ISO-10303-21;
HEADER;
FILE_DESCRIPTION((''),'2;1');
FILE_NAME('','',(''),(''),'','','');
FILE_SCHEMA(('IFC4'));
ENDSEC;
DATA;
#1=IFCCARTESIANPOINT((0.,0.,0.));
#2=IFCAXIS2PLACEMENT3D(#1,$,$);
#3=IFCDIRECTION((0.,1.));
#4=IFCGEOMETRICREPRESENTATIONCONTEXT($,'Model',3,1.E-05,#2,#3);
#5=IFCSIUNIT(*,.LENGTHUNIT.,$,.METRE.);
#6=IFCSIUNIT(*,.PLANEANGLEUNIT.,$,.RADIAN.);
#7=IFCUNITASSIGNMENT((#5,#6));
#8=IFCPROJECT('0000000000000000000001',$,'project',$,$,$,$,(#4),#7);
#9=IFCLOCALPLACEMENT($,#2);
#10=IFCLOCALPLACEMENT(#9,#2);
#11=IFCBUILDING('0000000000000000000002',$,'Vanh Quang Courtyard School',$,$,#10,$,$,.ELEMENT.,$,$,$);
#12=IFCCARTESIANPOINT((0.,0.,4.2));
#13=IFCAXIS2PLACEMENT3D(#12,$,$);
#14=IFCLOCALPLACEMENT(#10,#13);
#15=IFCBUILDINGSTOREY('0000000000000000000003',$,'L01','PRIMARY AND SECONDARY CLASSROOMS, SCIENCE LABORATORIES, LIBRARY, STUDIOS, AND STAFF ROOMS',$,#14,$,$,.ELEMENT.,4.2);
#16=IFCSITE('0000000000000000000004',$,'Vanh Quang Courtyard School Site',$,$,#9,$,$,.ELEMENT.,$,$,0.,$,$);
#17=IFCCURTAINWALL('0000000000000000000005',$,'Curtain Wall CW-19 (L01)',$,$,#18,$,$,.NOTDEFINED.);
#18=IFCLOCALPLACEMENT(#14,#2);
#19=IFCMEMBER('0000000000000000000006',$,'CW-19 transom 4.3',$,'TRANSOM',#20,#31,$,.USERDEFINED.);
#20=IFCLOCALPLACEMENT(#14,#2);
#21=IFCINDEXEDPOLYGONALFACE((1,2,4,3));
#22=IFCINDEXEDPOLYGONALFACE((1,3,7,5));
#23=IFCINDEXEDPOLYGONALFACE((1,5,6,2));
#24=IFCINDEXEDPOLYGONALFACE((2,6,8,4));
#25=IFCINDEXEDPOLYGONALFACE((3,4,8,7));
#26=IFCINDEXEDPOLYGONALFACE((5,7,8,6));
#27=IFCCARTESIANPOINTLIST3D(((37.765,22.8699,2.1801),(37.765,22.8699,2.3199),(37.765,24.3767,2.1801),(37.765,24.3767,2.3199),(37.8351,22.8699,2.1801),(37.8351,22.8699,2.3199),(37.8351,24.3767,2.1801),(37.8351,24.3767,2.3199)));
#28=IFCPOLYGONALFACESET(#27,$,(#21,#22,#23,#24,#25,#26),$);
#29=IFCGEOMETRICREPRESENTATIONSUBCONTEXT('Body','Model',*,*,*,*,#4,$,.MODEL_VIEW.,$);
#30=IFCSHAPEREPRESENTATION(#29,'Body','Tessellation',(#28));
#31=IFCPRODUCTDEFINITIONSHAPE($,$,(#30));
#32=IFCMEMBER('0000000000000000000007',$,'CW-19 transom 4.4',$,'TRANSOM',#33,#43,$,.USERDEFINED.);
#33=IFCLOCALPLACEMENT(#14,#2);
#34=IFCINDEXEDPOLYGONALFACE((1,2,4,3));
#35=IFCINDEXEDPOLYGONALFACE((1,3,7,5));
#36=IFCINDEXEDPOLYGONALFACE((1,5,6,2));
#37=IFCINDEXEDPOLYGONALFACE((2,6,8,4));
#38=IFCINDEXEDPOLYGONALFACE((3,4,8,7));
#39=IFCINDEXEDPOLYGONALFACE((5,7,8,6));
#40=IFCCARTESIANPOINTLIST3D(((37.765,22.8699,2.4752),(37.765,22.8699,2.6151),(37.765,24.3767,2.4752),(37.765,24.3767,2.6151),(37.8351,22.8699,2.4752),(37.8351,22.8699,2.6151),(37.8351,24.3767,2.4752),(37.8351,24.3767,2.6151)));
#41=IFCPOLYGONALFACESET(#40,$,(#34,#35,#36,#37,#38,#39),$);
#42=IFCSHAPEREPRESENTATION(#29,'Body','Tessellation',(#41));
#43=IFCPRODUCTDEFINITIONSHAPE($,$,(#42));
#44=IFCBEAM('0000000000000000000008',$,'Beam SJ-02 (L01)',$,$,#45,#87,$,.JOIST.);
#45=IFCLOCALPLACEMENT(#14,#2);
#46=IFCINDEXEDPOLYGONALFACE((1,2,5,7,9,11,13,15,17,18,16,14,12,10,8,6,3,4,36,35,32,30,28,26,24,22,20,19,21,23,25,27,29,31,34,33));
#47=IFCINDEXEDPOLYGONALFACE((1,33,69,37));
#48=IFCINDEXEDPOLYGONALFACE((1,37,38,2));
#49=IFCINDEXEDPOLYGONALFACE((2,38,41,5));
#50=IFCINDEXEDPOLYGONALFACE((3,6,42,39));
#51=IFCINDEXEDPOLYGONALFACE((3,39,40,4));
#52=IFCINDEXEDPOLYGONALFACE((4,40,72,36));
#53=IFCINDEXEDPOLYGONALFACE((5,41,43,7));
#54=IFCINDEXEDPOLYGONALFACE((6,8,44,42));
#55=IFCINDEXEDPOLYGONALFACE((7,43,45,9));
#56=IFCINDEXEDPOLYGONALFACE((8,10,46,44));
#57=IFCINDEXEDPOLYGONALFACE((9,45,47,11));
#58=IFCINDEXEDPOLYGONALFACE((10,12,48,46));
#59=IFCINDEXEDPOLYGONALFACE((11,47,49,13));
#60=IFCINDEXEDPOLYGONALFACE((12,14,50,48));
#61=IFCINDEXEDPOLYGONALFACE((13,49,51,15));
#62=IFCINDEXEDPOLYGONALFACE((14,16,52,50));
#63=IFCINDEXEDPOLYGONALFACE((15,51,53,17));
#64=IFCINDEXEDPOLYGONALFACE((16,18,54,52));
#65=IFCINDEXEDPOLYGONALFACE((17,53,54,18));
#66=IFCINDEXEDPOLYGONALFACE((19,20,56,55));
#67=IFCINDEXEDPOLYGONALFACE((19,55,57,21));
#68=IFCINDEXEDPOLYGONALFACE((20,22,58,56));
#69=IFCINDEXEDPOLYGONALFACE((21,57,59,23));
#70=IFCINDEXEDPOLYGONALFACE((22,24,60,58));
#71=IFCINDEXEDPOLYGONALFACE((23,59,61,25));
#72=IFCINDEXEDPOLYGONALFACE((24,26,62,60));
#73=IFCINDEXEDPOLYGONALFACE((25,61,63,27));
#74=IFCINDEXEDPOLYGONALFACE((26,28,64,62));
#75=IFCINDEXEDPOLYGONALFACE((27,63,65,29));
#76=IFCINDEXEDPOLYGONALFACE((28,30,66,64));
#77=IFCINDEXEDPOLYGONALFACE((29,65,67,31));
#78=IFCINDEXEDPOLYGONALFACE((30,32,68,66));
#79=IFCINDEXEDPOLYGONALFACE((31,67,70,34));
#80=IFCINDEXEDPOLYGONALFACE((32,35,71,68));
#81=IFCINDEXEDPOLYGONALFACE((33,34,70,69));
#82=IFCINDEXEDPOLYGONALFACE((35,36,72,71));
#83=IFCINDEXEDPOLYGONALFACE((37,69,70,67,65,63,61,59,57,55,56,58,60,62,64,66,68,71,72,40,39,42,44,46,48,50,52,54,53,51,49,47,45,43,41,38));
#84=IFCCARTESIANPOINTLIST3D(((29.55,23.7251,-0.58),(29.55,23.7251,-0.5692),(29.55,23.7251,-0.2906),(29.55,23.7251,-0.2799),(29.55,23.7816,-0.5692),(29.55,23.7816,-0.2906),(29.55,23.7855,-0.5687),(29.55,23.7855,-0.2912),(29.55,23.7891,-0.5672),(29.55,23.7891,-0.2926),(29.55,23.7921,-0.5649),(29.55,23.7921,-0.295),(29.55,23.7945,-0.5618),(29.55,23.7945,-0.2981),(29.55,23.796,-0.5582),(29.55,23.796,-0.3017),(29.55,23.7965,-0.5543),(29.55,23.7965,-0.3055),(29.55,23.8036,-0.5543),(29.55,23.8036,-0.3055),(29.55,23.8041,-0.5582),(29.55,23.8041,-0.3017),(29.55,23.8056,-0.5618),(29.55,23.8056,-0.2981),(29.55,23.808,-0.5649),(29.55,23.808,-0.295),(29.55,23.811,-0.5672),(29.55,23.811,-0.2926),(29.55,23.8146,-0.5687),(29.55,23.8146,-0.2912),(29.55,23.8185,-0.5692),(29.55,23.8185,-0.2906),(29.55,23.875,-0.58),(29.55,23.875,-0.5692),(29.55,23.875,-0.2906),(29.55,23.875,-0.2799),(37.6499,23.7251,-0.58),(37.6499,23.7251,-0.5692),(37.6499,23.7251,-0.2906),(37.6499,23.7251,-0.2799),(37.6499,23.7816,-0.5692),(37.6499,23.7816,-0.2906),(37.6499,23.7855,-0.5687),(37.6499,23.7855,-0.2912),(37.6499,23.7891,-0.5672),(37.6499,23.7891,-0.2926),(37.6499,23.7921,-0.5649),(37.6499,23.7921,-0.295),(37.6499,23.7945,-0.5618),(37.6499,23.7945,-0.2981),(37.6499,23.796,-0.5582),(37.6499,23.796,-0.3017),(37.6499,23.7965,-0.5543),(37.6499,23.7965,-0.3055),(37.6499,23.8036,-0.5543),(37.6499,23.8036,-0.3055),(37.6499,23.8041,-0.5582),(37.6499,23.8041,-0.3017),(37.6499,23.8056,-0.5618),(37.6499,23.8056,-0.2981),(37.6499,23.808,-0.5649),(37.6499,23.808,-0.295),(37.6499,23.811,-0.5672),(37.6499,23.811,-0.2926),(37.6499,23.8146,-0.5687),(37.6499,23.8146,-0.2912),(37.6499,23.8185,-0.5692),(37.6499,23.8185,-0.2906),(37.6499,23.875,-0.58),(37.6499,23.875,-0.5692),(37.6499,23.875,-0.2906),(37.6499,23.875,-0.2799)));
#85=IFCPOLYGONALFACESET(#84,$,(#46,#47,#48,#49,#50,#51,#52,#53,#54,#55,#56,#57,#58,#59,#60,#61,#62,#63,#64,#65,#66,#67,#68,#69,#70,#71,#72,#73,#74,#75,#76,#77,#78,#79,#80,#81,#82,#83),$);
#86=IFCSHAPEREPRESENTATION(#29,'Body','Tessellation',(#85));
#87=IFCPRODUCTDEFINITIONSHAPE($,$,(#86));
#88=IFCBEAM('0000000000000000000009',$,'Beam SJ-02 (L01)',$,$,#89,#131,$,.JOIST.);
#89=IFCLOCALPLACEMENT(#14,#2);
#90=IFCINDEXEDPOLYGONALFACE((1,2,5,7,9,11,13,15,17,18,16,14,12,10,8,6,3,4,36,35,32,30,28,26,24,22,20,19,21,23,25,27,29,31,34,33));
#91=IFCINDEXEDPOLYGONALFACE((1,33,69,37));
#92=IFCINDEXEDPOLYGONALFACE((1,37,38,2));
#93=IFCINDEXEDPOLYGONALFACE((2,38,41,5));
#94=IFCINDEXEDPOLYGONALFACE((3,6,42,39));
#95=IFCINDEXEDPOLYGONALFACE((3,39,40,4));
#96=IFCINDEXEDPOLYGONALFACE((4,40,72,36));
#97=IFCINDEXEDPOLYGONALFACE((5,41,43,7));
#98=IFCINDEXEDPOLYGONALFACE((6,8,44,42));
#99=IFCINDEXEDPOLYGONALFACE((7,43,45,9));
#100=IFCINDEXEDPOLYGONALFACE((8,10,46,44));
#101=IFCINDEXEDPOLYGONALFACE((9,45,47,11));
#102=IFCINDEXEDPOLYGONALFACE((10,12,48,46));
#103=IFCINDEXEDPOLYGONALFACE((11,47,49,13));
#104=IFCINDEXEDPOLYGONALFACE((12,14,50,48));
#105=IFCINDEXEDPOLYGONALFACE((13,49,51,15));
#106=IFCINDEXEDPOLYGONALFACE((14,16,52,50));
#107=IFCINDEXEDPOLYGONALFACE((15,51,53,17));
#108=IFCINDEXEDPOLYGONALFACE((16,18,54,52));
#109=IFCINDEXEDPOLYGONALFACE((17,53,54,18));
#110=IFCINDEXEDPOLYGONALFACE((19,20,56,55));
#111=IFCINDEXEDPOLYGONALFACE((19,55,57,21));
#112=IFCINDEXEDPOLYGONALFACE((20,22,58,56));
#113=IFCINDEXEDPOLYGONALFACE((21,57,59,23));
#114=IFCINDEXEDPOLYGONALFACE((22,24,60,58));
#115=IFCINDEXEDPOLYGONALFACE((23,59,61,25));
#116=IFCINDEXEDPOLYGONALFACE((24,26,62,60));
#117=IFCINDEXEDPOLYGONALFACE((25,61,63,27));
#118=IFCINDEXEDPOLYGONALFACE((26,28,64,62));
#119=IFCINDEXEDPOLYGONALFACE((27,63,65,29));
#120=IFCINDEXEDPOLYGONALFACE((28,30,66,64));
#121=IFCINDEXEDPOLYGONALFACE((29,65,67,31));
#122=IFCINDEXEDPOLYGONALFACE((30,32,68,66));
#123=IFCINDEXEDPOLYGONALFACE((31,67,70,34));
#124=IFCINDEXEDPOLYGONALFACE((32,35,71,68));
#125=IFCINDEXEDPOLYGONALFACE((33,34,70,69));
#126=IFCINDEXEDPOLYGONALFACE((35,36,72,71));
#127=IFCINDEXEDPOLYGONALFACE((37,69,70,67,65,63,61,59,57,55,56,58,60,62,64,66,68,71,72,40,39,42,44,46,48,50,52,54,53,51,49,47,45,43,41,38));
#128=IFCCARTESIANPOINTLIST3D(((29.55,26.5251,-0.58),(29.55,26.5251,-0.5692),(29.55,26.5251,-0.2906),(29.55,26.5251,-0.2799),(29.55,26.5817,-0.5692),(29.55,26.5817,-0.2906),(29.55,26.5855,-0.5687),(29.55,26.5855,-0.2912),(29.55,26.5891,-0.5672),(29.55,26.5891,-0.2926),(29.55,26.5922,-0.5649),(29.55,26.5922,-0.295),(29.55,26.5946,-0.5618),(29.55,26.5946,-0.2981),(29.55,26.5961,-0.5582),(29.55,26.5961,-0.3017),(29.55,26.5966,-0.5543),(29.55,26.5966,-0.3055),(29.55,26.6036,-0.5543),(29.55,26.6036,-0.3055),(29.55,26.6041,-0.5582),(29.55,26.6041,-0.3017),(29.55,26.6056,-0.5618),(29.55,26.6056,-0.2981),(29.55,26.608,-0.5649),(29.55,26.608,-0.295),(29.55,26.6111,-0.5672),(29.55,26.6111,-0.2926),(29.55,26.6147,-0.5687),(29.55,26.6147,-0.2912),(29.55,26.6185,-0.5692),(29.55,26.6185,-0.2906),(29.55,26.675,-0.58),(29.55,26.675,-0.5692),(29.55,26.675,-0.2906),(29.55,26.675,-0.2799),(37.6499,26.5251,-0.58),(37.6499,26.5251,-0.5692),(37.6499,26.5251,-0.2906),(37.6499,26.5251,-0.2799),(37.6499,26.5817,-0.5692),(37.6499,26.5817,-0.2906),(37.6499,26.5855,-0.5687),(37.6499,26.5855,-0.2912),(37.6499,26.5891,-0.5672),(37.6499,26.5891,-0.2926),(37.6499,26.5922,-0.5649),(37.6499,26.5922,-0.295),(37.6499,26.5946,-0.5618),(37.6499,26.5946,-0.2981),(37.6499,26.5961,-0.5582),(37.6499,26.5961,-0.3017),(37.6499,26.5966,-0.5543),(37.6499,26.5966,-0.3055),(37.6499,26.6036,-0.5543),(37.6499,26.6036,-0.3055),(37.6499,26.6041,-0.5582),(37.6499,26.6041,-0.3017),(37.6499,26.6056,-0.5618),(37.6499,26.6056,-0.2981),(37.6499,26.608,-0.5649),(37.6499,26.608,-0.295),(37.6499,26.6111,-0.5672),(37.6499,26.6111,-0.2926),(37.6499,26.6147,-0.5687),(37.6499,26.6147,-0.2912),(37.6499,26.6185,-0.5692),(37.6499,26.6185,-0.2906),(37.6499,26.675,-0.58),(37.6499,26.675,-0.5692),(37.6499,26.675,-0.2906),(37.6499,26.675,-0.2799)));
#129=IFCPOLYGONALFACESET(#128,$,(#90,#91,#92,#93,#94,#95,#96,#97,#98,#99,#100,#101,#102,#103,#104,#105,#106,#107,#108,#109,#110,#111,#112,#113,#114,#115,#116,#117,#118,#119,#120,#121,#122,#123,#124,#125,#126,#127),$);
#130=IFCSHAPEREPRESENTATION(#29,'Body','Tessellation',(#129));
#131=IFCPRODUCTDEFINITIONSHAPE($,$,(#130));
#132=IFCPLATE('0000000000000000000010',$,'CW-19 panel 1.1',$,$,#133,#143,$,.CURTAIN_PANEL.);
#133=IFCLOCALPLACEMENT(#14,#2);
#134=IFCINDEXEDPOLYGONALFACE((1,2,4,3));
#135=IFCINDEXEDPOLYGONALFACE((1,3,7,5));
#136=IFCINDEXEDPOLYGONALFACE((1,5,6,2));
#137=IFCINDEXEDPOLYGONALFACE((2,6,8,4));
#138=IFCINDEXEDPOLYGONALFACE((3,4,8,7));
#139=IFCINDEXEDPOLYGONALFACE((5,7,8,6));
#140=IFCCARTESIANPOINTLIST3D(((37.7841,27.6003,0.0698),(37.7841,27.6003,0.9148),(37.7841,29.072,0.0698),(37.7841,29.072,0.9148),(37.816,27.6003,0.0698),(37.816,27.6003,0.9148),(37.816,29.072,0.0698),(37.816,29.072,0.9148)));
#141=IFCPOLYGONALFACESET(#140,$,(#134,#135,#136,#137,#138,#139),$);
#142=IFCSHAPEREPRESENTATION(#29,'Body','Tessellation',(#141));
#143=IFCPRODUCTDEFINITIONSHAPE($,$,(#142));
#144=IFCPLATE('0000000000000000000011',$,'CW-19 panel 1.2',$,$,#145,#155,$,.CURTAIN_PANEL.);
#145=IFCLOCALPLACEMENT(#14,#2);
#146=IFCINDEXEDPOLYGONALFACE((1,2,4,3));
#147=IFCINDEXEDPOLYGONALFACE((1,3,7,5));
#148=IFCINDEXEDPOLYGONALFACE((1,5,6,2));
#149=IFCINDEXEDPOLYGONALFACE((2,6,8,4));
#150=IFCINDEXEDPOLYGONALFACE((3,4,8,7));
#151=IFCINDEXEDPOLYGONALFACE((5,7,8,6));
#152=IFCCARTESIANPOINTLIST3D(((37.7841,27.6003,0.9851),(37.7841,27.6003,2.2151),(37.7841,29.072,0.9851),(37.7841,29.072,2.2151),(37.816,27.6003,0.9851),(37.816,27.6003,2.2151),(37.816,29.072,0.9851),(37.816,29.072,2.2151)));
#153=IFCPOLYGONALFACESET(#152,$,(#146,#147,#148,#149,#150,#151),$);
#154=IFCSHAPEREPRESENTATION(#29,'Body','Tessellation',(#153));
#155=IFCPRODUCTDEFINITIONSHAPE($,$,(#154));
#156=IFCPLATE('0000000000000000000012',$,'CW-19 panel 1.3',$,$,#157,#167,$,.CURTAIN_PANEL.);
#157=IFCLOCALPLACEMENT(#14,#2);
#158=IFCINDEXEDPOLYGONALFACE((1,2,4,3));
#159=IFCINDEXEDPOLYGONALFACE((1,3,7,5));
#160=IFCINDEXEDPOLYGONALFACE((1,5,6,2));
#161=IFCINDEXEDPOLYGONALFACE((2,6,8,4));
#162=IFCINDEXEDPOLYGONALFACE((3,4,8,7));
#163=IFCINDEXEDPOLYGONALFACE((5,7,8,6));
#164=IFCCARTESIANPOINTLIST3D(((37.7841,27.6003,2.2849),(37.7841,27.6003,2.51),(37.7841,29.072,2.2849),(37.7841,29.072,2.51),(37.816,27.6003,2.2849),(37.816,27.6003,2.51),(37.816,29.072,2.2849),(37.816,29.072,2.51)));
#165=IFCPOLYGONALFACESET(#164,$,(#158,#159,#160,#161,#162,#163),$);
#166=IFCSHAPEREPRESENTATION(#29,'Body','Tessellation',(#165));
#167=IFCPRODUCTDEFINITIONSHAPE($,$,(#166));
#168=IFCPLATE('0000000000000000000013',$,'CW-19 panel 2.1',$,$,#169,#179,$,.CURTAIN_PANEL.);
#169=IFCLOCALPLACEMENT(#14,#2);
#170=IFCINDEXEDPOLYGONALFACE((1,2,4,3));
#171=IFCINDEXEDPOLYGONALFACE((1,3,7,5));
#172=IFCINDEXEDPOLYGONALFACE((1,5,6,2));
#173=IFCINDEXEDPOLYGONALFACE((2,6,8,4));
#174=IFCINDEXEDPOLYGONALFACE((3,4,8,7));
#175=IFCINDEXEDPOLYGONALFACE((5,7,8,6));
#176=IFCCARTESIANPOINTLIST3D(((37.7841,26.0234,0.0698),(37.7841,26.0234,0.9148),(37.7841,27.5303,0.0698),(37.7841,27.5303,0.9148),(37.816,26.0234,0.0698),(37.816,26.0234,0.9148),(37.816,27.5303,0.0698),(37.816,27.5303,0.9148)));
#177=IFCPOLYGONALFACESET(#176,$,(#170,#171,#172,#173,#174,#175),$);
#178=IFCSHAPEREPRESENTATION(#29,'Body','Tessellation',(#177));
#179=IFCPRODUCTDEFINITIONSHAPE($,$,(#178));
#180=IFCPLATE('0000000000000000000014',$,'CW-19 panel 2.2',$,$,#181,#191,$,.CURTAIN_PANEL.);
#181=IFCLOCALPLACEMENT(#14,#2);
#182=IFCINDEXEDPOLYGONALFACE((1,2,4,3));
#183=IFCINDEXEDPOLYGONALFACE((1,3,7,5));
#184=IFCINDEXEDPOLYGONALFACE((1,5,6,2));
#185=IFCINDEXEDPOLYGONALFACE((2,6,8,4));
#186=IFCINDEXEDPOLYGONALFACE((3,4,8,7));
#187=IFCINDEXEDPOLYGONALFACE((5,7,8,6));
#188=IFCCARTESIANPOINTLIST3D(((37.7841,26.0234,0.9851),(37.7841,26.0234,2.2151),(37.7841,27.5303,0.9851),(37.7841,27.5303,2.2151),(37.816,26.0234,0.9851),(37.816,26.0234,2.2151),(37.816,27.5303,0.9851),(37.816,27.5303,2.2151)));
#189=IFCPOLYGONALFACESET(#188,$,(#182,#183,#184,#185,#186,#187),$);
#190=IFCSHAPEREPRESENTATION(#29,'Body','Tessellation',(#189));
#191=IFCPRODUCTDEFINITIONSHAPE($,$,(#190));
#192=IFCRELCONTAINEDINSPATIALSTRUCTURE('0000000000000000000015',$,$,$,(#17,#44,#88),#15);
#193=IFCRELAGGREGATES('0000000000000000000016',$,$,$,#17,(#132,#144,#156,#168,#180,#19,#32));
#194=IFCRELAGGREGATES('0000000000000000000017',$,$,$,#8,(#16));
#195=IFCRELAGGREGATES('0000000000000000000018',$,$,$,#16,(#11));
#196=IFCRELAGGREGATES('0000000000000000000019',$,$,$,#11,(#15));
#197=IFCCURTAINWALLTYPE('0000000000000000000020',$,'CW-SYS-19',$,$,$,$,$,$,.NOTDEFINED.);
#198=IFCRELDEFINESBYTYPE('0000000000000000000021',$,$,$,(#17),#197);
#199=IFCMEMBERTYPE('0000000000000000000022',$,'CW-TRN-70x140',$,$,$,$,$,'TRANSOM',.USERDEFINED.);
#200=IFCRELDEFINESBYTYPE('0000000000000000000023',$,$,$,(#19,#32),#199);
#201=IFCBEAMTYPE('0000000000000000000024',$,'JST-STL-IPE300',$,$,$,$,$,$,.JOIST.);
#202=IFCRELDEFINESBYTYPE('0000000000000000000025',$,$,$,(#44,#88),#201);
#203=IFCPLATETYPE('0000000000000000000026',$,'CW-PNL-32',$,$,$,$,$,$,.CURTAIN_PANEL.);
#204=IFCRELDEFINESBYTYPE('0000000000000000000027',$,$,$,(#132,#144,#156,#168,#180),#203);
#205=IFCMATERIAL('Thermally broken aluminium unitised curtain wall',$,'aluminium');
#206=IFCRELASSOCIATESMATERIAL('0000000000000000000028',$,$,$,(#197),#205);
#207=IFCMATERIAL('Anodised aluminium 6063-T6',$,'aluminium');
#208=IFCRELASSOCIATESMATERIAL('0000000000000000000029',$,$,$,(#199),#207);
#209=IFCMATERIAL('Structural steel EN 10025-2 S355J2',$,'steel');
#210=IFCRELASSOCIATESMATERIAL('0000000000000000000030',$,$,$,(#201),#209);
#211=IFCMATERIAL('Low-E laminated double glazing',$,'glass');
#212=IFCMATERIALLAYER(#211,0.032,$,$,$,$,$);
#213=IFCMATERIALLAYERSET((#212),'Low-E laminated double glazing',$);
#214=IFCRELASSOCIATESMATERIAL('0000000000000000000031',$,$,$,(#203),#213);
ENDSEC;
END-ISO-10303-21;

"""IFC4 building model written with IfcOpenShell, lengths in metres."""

from ifc_helpers import new_model, si_unit, direction, frame, origin, origin_2d, place, context, subcontext, project, spatial, rectangle, i_section, extrude, material, layer, layer_set, material_profile, profile_set, type_object, element, aggregate, save


model = new_model("IFC4")

# Units and contexts
model_context = context("Model", 3, precision=1e-05, world=origin(), true_north=direction((0.0, 1.0)))
body_context = subcontext(model_context, "Body", "Model", "MODEL_VIEW")
ifc_project = project(units=[si_unit("LENGTHUNIT", "METRE"), si_unit("PLANEANGLEUNIT", "RADIAN")], contexts=[model_context])

# Site, building, storey
site_placement = place(None, origin())
site = spatial("IfcSite", under=ifc_project, at=site_placement, Name="Vanh Quang Courtyard School Site", CompositionType="ELEMENT", RefElevation=0.0)
building_placement = place(site_placement, origin())
building = spatial("IfcBuilding", under=site, at=building_placement, Name="Vanh Quang Courtyard School", CompositionType="ELEMENT")
storey_placement = place(building_placement, frame((0.0, 0.0, 4.2)))
storey = spatial("IfcBuildingStorey", under=building, at=storey_placement, Name="L01", Description="PRIMARY AND SECONDARY CLASSROOMS, SCIENCE LABORATORIES, LIBRARY, STUDIOS, AND STAFF ROOMS", CompositionType="ELEMENT", Elevation=4.2)

# Curtain wall, members
ifc_material_1 = material(Name="Thermally broken aluminium unitised curtain wall", Category="aluminium")
curtain_wall_type = type_object("IfcCurtainWallType", Name="CW-SYS-19", PredefinedType="NOTDEFINED", material=ifc_material_1)
curtain_wall_placement = place(storey_placement, origin())
curtain_wall = element("IfcCurtainWall", 1, at=curtain_wall_placement, inside=storey, type_object=curtain_wall_type, Name="Curtain Wall CW-19 (L01)", PredefinedType="NOTDEFINED")
ifc_material_2 = material(Name="Anodised aluminium 6063-T6", Category="aluminium")
ifc_material_profile_1 = material_profile(ifc_material_2, rectangle(XDim=0.0701, YDim=0.1399, at=origin_2d()), Name="ALU-TRN 70x140")
ifc_profile_set_1 = profile_set([ifc_material_profile_1], Name="Anodised aluminium 6063-T6")
member_type_1 = type_object("IfcMemberType", Name="CW-TRN-70x140", ElementType="TRANSOM", PredefinedType="USERDEFINED", material=ifc_profile_set_1)
member_1_placement = place(storey_placement, frame((37.8, 24.3767, 2.25), z_axis=(0.0, -1.0, 0.0), x_axis=(1.0, 0.0, 0.0)))
member_1 = element("IfcMember", 2, at=member_1_placement, type_object=member_type_1, Name="CW-19 transom 4.3", ObjectType="TRANSOM", PredefinedType="USERDEFINED", context=body_context, shape_type="SweptSolid", body=[
    extrude(rectangle(XDim=0.0701, YDim=0.1399, at=origin_2d()), origin(), (0.0, 0.0, 1.0), 1.5068),
])
member_2_placement = place(storey_placement, frame((37.8, 24.3767, 2.5452), z_axis=(0.0, -1.0, 0.0), x_axis=(1.0, 0.0, 0.0)))
member_2 = element("IfcMember", 3, at=member_2_placement, type_object=member_type_1, Name="CW-19 transom 4.4", ObjectType="TRANSOM", PredefinedType="USERDEFINED", context=body_context, shape_type="SweptSolid", body=[
    extrude(rectangle(XDim=0.0701, YDim=0.1399, at=origin_2d()), origin(), (0.0, 0.0, 1.0), 1.5068),
])

# Beams
ifc_material_3 = material(Name="Structural steel EN 10025-2 S355J2", Category="steel")
ifc_material_profile_2 = material_profile(ifc_material_3, i_section(OverallWidth=0.1499, OverallDepth=0.3, WebThickness=0.0071, FlangeThickness=0.0107, FilletRadius=0.0149, at=origin_2d()), Name="IPE 300")
ifc_profile_set_2 = profile_set([ifc_material_profile_2], Name="Structural steel EN 10025-2 S355J2")
beam_type = type_object("IfcBeamType", Name="JST-STL-IPE300", PredefinedType="JOIST", material=ifc_profile_set_2)
for number, where, z_axis, x_axis, name in (
    (4, (29.55, 23.8, -0.4299), (1.0, 0.0, 0.0), (0.0, 1.0, 0.0), "Beam SJ-02 (L01)"),
    (5, (29.55, 26.6001, -0.4299), (1.0, 0.0, 0.0), (0.0, 1.0, 0.0), "Beam SJ-02 (L01)"),
):
    element("IfcBeam", number, at=place(storey_placement, frame(where, z_axis=z_axis, x_axis=x_axis)), inside=storey, type_object=beam_type, Name=name, PredefinedType="JOIST", context=body_context, shape_type="SweptSolid", body=[
        extrude(i_section(OverallWidth=0.1499, OverallDepth=0.3, WebThickness=0.0071, FlangeThickness=0.0107, FilletRadius=0.0149, at=origin_2d()), origin(), (0.0, 0.0, 1.0), 8.0999),
    ])

# Plates
ifc_material_4 = material(Name="Low-E laminated double glazing", Category="glass")
ifc_layer = layer(ifc_material_4, 0.032)
ifc_layer_set = layer_set([ifc_layer], Name="Low-E laminated double glazing")
plate_type = type_object("IfcPlateType", Name="CW-PNL-32", PredefinedType="CURTAIN_PANEL", material=ifc_layer_set)
plate_1_placement = place(storey_placement, frame((37.8, 28.3362, 0.0698), z_axis=(0.0, 0.0, 1.0), x_axis=(0.0, -1.0, 0.0)))
plate_1 = element("IfcPlate", 6, at=plate_1_placement, type_object=plate_type, Name="CW-19 panel 1.1", PredefinedType="CURTAIN_PANEL", context=body_context, shape_type="SweptSolid", body=[
    extrude(rectangle(XDim=1.4717, YDim=0.032, at=origin_2d()), origin(), (0.0, 0.0, 1.0), 0.845),
])
plate_2_placement = place(storey_placement, frame((37.8, 28.3362, 0.9851), z_axis=(0.0, 0.0, 1.0), x_axis=(0.0, -1.0, 0.0)))
plate_2 = element("IfcPlate", 7, at=plate_2_placement, type_object=plate_type, Name="CW-19 panel 1.2", PredefinedType="CURTAIN_PANEL", context=body_context, shape_type="SweptSolid", body=[
    extrude(rectangle(XDim=1.4717, YDim=0.032, at=origin_2d()), origin(), (0.0, 0.0, 1.0), 1.23),
])
plate_3_placement = place(storey_placement, frame((37.8, 28.3362, 2.2849), z_axis=(0.0, 0.0, 1.0), x_axis=(0.0, -1.0, 0.0)))
plate_3 = element("IfcPlate", 8, at=plate_3_placement, type_object=plate_type, Name="CW-19 panel 1.3", PredefinedType="CURTAIN_PANEL", context=body_context, shape_type="SweptSolid", body=[
    extrude(rectangle(XDim=1.4717, YDim=0.032, at=origin_2d()), origin(), (0.0, 0.0, 1.0), 0.2251),
])
plate_4_placement = place(storey_placement, frame((37.8, 26.7769, 0.0698), z_axis=(0.0, 0.0, 1.0), x_axis=(0.0, -1.0, 0.0)))
plate_4 = element("IfcPlate", 9, at=plate_4_placement, type_object=plate_type, Name="CW-19 panel 2.1", PredefinedType="CURTAIN_PANEL", context=body_context, shape_type="SweptSolid", body=[
    extrude(rectangle(XDim=1.5068, YDim=0.032, at=origin_2d()), origin(), (0.0, 0.0, 1.0), 0.845),
])
plate_5_placement = place(storey_placement, frame((37.8, 26.7769, 0.9851), z_axis=(0.0, 0.0, 1.0), x_axis=(0.0, -1.0, 0.0)))
plate_5 = element("IfcPlate", 10, at=plate_5_placement, type_object=plate_type, Name="CW-19 panel 2.2", PredefinedType="CURTAIN_PANEL", context=body_context, shape_type="SweptSolid", body=[
    extrude(rectangle(XDim=1.5068, YDim=0.032, at=origin_2d()), origin(), (0.0, 0.0, 1.0), 1.23),
])
aggregate(curtain_wall, [plate_1, plate_2, plate_3, plate_4, plate_5, member_1, member_2])

save(model, "model.ifc")
